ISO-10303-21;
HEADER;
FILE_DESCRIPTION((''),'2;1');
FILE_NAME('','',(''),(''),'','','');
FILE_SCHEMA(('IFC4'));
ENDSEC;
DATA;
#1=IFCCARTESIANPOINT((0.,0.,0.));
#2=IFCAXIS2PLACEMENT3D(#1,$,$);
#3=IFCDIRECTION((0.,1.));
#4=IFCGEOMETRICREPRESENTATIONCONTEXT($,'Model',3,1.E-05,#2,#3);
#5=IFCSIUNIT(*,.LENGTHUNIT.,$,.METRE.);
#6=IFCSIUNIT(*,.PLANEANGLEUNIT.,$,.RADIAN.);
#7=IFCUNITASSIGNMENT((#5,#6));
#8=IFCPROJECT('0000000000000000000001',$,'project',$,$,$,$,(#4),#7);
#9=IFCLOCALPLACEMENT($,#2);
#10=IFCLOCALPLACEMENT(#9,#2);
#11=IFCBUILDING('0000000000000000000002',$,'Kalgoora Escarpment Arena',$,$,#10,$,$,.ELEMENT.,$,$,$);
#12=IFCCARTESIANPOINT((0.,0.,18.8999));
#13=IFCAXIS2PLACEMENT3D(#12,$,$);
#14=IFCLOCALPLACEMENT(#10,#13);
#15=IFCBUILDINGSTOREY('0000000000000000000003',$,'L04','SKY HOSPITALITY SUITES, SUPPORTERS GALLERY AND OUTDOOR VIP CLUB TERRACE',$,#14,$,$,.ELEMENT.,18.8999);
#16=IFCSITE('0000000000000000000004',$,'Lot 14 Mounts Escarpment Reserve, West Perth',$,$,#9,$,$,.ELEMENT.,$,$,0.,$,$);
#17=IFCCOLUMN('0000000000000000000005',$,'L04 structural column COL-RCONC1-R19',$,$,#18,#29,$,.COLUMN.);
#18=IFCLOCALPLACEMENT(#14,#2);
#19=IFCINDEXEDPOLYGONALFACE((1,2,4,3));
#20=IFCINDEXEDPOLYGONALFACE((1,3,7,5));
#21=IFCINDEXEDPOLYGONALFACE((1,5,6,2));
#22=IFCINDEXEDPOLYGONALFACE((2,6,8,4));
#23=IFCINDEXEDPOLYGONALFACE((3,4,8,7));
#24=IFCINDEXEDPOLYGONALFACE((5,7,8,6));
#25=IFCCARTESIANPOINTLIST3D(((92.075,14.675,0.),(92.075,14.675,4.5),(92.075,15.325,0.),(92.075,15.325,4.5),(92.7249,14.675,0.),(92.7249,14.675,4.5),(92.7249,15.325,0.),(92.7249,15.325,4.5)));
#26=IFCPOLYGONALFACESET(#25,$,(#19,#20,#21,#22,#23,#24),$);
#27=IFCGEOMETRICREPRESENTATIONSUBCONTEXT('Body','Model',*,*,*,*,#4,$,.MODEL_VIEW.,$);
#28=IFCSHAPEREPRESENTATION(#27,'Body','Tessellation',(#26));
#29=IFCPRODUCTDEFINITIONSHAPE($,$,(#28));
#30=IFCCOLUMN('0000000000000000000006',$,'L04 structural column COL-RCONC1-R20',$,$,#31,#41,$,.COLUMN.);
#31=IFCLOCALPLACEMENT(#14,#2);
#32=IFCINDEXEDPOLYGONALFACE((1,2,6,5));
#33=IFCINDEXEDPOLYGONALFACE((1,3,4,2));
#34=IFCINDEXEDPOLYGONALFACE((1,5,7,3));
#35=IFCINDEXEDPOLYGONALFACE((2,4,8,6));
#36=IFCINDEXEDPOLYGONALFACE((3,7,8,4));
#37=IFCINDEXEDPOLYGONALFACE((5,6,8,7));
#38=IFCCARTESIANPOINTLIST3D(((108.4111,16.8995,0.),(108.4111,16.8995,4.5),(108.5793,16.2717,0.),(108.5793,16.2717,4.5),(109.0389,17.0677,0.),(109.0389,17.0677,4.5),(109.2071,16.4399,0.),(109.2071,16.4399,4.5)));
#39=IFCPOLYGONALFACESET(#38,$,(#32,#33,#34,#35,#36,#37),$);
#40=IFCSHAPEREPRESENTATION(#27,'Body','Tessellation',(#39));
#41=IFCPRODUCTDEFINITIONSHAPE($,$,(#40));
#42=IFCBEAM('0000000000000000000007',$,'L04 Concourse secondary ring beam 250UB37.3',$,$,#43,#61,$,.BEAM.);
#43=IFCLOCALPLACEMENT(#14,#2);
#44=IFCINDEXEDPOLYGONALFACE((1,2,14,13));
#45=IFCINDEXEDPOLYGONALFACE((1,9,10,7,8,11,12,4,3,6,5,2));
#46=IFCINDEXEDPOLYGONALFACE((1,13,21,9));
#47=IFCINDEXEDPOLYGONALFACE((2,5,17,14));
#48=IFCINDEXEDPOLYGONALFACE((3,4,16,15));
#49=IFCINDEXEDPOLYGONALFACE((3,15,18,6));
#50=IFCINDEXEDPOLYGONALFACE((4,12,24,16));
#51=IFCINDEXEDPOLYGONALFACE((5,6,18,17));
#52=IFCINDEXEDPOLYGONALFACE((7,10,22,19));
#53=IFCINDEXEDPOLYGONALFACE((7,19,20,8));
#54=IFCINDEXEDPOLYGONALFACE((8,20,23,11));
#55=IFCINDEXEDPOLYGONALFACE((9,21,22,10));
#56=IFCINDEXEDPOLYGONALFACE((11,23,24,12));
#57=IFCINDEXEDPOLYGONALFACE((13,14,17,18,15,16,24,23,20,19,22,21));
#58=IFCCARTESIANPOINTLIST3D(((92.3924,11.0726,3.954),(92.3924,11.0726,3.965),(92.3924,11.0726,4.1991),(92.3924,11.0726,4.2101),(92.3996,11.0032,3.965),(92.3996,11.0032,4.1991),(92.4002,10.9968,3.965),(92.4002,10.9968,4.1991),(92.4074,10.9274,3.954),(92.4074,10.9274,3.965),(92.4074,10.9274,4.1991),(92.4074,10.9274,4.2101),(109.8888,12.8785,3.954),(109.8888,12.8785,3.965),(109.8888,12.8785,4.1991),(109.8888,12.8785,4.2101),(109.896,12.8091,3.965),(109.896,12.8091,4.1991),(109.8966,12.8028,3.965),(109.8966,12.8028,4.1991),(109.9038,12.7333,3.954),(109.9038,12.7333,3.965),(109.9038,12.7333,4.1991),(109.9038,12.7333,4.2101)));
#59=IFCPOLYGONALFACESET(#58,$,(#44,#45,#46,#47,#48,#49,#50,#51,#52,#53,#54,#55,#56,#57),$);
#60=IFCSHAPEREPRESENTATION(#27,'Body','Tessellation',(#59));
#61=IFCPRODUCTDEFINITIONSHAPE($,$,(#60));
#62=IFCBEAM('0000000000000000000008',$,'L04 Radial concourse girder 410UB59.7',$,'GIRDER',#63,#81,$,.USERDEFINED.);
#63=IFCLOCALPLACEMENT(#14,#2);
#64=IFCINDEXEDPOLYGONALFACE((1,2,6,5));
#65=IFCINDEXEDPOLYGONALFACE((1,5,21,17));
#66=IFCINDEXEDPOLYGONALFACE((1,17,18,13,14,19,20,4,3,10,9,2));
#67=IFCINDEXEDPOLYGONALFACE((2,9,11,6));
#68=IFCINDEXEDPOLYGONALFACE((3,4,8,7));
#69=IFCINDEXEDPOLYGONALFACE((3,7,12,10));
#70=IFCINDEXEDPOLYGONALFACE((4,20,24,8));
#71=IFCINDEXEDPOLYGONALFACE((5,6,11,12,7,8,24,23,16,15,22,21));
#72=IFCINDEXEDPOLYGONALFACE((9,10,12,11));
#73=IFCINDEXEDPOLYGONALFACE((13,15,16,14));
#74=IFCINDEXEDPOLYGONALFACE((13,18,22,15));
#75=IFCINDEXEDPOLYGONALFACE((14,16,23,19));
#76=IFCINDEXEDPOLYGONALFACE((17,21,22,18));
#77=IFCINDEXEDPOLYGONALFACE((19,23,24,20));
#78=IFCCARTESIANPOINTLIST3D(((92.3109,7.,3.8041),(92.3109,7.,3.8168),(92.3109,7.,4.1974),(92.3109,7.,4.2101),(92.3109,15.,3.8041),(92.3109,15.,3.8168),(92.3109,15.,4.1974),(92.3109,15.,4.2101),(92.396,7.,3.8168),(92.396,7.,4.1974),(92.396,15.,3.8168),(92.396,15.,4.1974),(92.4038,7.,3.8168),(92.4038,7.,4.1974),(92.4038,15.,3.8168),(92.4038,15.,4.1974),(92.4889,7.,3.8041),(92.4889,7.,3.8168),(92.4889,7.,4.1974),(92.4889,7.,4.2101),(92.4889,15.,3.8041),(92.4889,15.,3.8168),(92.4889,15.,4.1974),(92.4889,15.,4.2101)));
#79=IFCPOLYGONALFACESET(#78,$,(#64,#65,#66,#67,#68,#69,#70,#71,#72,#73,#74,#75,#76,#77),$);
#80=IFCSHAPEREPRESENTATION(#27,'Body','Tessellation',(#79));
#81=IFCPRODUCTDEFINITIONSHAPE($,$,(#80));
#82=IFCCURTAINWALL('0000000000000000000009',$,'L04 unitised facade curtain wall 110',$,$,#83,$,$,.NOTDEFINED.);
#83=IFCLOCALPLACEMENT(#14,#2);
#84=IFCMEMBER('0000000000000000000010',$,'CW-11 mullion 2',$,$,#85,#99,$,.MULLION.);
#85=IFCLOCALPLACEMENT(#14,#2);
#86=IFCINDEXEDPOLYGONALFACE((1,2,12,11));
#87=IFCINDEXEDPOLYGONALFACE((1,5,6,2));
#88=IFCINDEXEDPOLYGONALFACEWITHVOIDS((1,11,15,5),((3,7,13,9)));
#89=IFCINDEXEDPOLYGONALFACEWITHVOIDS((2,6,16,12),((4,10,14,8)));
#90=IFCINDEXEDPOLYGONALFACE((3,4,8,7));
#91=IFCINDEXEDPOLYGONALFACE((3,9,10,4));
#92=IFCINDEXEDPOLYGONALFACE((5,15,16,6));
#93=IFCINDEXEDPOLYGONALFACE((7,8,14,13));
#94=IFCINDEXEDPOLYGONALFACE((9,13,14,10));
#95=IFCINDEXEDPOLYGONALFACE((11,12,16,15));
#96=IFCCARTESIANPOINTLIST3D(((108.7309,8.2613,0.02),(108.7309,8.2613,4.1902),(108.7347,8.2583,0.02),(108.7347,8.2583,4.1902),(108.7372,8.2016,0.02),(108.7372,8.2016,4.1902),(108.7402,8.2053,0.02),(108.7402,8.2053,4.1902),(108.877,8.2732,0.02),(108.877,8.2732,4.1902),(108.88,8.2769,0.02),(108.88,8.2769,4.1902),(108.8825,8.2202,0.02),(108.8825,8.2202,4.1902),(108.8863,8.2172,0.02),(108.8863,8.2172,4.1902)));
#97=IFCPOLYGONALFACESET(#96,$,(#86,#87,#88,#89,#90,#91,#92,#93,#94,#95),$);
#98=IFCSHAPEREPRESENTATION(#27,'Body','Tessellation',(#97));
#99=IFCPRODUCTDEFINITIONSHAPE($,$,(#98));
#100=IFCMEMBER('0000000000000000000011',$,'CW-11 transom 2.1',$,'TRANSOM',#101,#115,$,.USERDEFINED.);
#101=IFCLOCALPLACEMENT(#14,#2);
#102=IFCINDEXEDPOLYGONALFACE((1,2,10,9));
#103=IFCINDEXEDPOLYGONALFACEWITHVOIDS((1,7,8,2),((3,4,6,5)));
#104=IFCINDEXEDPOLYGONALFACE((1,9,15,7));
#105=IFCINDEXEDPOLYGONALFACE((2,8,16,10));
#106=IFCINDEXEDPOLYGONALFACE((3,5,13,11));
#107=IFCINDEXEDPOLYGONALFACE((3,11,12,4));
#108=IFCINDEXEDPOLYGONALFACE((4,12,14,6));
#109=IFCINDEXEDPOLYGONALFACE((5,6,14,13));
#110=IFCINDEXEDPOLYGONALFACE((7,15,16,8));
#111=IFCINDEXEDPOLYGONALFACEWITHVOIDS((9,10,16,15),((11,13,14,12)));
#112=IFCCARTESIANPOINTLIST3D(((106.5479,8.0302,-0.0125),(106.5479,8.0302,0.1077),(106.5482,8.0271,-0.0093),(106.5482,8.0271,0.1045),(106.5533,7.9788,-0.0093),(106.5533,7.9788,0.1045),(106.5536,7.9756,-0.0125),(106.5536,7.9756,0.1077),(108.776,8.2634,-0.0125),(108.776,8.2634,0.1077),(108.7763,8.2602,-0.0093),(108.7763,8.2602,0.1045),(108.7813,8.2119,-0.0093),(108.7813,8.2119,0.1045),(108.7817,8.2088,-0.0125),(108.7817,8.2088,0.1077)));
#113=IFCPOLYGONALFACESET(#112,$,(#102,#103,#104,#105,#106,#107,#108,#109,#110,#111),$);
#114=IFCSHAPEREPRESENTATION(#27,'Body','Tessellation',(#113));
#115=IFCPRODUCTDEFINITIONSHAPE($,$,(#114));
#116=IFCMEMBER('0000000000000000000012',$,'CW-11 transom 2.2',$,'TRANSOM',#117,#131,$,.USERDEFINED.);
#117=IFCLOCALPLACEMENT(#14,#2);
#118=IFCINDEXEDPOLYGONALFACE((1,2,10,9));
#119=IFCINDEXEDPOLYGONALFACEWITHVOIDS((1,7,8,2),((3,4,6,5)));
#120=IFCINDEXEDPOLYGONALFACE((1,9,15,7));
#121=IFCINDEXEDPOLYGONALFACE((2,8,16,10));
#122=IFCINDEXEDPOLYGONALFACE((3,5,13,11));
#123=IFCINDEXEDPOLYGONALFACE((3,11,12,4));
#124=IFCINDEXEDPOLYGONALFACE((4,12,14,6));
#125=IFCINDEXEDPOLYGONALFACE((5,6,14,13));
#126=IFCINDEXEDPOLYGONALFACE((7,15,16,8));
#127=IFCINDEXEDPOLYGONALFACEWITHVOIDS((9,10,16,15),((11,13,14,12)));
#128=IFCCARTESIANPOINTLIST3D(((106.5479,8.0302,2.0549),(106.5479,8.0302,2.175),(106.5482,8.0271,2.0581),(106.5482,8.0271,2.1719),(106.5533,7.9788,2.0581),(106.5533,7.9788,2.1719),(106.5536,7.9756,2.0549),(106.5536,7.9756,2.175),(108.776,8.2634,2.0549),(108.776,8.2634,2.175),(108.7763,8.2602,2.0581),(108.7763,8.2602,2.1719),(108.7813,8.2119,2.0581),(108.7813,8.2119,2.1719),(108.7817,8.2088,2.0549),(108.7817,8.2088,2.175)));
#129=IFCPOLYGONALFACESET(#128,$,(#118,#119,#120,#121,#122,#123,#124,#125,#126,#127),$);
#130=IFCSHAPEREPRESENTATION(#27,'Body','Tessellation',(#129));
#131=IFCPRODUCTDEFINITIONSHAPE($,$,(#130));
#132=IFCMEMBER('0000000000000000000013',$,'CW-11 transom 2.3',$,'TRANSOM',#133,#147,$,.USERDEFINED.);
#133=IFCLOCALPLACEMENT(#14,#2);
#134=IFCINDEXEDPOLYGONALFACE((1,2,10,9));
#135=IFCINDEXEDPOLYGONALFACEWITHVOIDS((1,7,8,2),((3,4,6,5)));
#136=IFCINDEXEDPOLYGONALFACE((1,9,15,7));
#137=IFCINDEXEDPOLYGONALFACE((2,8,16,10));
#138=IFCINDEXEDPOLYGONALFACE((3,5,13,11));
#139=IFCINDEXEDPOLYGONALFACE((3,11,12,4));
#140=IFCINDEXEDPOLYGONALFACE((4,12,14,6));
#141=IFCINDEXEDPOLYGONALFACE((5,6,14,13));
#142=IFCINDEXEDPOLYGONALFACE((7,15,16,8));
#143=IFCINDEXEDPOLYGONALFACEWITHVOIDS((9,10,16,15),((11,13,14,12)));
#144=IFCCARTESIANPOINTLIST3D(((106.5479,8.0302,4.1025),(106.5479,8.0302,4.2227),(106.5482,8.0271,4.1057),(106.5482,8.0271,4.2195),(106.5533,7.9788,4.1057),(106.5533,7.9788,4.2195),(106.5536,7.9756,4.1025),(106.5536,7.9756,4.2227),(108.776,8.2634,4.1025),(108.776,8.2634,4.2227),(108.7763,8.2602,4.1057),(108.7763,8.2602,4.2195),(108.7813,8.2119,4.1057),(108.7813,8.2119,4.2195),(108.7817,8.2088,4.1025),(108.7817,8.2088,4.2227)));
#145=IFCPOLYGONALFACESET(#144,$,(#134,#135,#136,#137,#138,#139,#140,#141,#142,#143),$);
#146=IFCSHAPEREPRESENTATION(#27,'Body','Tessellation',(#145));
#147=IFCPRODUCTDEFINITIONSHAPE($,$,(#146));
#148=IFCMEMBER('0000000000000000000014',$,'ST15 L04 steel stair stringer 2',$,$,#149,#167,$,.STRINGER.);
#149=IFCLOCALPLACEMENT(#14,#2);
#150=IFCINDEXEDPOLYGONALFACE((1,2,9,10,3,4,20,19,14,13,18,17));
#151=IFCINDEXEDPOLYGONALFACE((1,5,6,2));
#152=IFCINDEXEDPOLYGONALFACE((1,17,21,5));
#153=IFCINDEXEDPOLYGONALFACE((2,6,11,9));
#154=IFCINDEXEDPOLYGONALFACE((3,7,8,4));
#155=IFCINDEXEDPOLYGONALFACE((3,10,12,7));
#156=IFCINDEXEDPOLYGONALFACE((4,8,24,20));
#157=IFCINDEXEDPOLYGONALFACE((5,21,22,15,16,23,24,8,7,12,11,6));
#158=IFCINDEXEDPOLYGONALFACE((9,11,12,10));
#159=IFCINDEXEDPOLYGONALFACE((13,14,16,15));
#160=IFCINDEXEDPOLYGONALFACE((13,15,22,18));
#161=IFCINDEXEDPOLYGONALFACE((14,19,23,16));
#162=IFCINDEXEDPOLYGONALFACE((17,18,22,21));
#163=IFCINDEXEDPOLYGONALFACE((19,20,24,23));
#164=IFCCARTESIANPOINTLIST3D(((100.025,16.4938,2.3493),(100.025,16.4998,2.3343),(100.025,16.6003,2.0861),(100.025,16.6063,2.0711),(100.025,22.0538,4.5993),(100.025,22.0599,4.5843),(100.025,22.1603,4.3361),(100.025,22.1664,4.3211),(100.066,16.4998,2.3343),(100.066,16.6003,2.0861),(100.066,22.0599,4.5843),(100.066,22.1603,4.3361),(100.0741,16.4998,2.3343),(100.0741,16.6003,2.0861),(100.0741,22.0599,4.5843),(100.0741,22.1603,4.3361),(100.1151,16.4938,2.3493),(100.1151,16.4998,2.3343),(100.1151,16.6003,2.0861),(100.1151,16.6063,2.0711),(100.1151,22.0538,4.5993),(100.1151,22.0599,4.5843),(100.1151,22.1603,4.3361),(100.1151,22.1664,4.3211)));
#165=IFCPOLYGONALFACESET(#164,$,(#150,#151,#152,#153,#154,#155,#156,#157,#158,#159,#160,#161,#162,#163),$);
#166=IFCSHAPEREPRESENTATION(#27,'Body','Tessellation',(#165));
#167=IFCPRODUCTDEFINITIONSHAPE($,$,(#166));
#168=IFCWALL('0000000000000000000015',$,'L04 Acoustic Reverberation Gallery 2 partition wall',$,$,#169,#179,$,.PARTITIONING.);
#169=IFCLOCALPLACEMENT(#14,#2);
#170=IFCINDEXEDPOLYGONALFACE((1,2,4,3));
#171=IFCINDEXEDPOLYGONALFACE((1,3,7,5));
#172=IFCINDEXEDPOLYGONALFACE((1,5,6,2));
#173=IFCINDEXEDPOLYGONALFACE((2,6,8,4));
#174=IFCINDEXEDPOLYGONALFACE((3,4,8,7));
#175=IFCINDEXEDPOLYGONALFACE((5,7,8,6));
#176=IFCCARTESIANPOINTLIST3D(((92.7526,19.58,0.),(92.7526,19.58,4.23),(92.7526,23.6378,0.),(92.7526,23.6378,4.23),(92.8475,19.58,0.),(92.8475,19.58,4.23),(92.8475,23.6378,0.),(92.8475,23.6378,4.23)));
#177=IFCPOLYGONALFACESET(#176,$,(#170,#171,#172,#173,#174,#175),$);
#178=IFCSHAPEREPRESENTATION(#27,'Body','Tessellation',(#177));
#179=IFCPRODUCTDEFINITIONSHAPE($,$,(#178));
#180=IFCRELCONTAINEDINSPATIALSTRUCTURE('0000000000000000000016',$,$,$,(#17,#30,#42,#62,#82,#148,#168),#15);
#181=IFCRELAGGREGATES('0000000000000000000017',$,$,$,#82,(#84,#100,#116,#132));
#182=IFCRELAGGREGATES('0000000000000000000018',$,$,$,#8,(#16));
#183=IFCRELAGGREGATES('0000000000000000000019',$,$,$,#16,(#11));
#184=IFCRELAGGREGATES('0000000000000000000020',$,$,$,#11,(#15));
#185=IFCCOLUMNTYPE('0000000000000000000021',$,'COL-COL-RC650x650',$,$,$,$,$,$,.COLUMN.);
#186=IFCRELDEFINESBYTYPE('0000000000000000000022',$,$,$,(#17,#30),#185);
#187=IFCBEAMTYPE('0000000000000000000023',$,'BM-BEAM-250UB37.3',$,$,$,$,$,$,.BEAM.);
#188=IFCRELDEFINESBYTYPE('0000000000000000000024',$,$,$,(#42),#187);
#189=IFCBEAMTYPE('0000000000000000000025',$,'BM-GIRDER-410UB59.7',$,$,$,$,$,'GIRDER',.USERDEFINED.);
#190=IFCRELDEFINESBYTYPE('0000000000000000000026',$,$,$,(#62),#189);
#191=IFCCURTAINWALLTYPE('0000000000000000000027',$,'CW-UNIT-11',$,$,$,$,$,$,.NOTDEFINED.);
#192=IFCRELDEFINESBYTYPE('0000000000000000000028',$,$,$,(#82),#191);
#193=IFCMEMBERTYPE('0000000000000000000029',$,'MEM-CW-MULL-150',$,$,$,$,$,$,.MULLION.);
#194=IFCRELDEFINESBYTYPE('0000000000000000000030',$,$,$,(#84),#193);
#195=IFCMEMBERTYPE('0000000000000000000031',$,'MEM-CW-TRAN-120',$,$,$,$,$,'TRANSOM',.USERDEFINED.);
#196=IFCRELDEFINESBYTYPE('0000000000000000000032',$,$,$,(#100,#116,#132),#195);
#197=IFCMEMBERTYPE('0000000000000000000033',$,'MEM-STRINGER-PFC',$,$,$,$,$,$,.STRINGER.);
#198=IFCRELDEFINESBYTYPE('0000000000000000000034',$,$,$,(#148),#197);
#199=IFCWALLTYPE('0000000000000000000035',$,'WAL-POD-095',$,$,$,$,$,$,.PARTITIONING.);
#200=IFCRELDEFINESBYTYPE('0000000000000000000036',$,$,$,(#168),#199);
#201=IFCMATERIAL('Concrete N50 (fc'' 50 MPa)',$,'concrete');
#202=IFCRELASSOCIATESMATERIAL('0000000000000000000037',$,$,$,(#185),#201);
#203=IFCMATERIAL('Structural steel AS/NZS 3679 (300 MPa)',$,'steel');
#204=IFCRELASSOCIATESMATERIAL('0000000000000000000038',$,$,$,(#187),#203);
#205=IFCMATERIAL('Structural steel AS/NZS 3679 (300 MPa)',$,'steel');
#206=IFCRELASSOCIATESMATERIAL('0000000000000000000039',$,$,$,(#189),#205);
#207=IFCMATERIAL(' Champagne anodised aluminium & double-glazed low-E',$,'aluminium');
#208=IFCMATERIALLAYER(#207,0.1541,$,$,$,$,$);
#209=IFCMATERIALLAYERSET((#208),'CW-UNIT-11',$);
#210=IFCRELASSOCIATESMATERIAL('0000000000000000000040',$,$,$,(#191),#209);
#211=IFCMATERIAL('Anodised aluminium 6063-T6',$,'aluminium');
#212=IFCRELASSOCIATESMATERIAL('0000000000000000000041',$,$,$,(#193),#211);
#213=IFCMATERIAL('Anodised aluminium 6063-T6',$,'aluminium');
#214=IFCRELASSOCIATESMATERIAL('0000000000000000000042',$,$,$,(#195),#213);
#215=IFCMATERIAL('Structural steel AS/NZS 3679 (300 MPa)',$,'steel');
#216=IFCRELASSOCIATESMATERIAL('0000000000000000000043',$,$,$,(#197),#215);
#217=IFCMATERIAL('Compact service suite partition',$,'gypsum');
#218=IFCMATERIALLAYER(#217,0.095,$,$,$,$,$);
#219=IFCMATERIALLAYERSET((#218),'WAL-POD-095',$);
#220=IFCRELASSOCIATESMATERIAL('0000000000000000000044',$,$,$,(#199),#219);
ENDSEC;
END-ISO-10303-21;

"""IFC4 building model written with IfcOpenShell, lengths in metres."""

from ifc_helpers import new_model, si_unit, direction, frame, frame_2d, origin, origin_2d, place, context, subcontext, project, spatial, rectangle, hollow_rectangle, i_section, extrude, material, layer, layer_set, material_profile, profile_set, type_object, element, aggregate, save


model = new_model("IFC4")

# Units and contexts
model_context = context("Model", 3, precision=1e-05, world=origin(), true_north=direction((0.0, 1.0)))
body_context = subcontext(model_context, "Body", "Model", "MODEL_VIEW")
ifc_project = project(units=[si_unit("LENGTHUNIT", "METRE"), si_unit("PLANEANGLEUNIT", "RADIAN")], contexts=[model_context])

# Site, building, storey
site_placement = place(None, origin())
site = spatial("IfcSite", under=ifc_project, at=site_placement, Name="Lot 14 Mounts Escarpment Reserve, West Perth", CompositionType="ELEMENT", RefElevation=0.0)
building_placement = place(site_placement, origin())
building = spatial("IfcBuilding", under=site, at=building_placement, Name="Kalgoora Escarpment Arena", CompositionType="ELEMENT")
storey_placement = place(building_placement, frame((0.0, 0.0, 18.8999)))
storey = spatial("IfcBuildingStorey", under=building, at=storey_placement, Name="L04", Description="SKY HOSPITALITY SUITES, SUPPORTERS GALLERY AND OUTDOOR VIP CLUB TERRACE", CompositionType="ELEMENT", Elevation=18.8999)

# Columns
ifc_material_1 = material(Name="Concrete N50 (fc' 50 MPa)", Category="concrete")
ifc_material_profile_1 = material_profile(ifc_material_1, rectangle(XDim=0.6499, YDim=0.6499, at=origin_2d()))
ifc_profile_set_1 = profile_set([ifc_material_profile_1], Name="Concrete N50 (fc' 50 MPa)")
column_type = type_object("IfcColumnType", Name="COL-COL-RC650x650", PredefinedType="COLUMN", material=ifc_profile_set_1)
for number, where, z_axis, x_axis, name in (
    (1, (92.3999, 15.0, 0.0), (0.0, 0.0, 1.0), (0.0, -1.0, 0.0), "L04 structural column COL-RCONC1-R19"),
    (2, (108.8091, 16.6697, 0.0), (0.0, 0.0, 1.0), (0.258819, -0.965926, 0.0), "L04 structural column COL-RCONC1-R20"),
):
    element("IfcColumn", number, at=place(storey_placement, frame(where, z_axis=z_axis, x_axis=x_axis)), inside=storey, type_object=column_type, Name=name, PredefinedType="COLUMN", context=body_context, shape_type="SweptSolid", body=[
        extrude(rectangle(XDim=0.6499, YDim=0.6499, at=origin_2d()), origin(), (0.0, 0.0, 1.0), 4.5),
    ])

# Beams
ifc_material_2 = material(Name="Structural steel AS/NZS 3679 (300 MPa)", Category="steel")
ifc_material_profile_2 = material_profile(ifc_material_2, i_section(OverallWidth=0.146, OverallDepth=0.2561, WebThickness=0.0063, FlangeThickness=0.011, at=origin_2d()))
ifc_profile_set_2 = profile_set([ifc_material_profile_2], Name="Structural steel AS/NZS 3679 (300 MPa)")
beam_type_1 = type_object("IfcBeamType", Name="BM-BEAM-250UB37.3", PredefinedType="BEAM", material=ifc_profile_set_2)
beam_1_placement = place(storey_placement, frame((92.3999, 11.0, 4.082), z_axis=(0.994715, 0.102671, 0.0), x_axis=(-0.102671, 0.994715, 0.0)))
element("IfcBeam", 3, at=beam_1_placement, inside=storey, type_object=beam_type_1, Name="L04 Concourse secondary ring beam 250UB37.3", PredefinedType="BEAM", context=body_context, shape_type="SweptSolid", body=[
    extrude(i_section(OverallWidth=0.146, OverallDepth=0.2561, WebThickness=0.0063, FlangeThickness=0.011, at=origin_2d()), origin(), (0.0, 0.0, 1.0), 17.5894),
])
ifc_material_3 = material(Name="Structural steel AS/NZS 3679 (300 MPa)", Category="steel")
ifc_material_profile_3 = material_profile(ifc_material_3, i_section(OverallWidth=0.178, OverallDepth=0.406, WebThickness=0.0078, FlangeThickness=0.0127, at=origin_2d()))
ifc_profile_set_3 = profile_set([ifc_material_profile_3], Name="Structural steel AS/NZS 3679 (300 MPa)")
beam_type_2 = type_object("IfcBeamType", Name="BM-GIRDER-410UB59.7", ElementType="GIRDER", PredefinedType="USERDEFINED", material=ifc_profile_set_3)
beam_2_placement = place(storey_placement, frame((92.3999, 15.0, 4.0071), z_axis=(0.0, -1.0, 0.0), x_axis=(1.0, 0.0, 0.0)))
element("IfcBeam", 4, at=beam_2_placement, inside=storey, type_object=beam_type_2, Name="L04 Radial concourse girder 410UB59.7", ObjectType="GIRDER", PredefinedType="USERDEFINED", context=body_context, shape_type="SweptSolid", body=[
    extrude(i_section(OverallWidth=0.178, OverallDepth=0.406, WebThickness=0.0078, FlangeThickness=0.0127, at=origin_2d()), origin(), (0.0, 0.0, 1.0), 8.0),
])

# Curtain wall, members
ifc_material_4 = material(Name=" Champagne anodised aluminium & double-glazed low-E", Category="aluminium")
ifc_layer_1 = layer(ifc_material_4, 0.1541)
ifc_layer_set_1 = layer_set([ifc_layer_1], Name="CW-UNIT-11")
curtain_wall_type = type_object("IfcCurtainWallType", Name="CW-UNIT-11", PredefinedType="NOTDEFINED", material=ifc_layer_set_1)
curtain_wall_placement = place(storey_placement, origin())
curtain_wall = element("IfcCurtainWall", 5, at=curtain_wall_placement, inside=storey, type_object=curtain_wall_type, Name="L04 unitised facade curtain wall 110", PredefinedType="NOTDEFINED")
ifc_material_5 = material(Name="Anodised aluminium 6063-T6", Category="aluminium")
ifc_material_profile_4 = material_profile(ifc_material_5, hollow_rectangle(XDim=0.0601, YDim=0.1499, WallThickness=0.0034, at=origin_2d()))
ifc_profile_set_4 = profile_set([ifc_material_profile_4], Name="Anodised aluminium 6063-T6")
member_type_1 = type_object("IfcMemberType", Name="MEM-CW-MULL-150", PredefinedType="MULLION", material=ifc_profile_set_4)
member_1_placement = place(storey_placement, frame((108.8086, 8.2393, 0.02), z_axis=(0.0, 0.0, 1.0), x_axis=(0.104158, -0.994561, 0.0)))
member_1 = element("IfcMember", 6, at=member_1_placement, type_object=member_type_1, Name="CW-11 mullion 2", PredefinedType="MULLION", context=body_context, shape_type="SweptSolid", body=[
    extrude(hollow_rectangle(XDim=0.0601, YDim=0.1499, WallThickness=0.0034, at=origin_2d()), origin(), (0.0, 0.0, 1.0), 4.1702),
])
ifc_material_6 = material(Name="Anodised aluminium 6063-T6", Category="aluminium")
ifc_material_profile_5 = material_profile(ifc_material_6, hollow_rectangle(XDim=0.0549, YDim=0.1201, WallThickness=0.0032, at=origin_2d()))
ifc_profile_set_5 = profile_set([ifc_material_profile_5], Name="Anodised aluminium 6063-T6")
member_type_2 = type_object("IfcMemberType", Name="MEM-CW-TRAN-120", ElementType="TRANSOM", PredefinedType="USERDEFINED", material=ifc_profile_set_5)
member_2_placement = place(storey_placement, frame((108.7788, 8.2361, 0.0476), z_axis=(-0.994569, -0.104078, 0.0), x_axis=(0.104078, -0.994569, 0.0)))
member_2 = element("IfcMember", 7, at=member_2_placement, type_object=member_type_2, Name="CW-11 transom 2.1", ObjectType="TRANSOM", PredefinedType="USERDEFINED", context=body_context, shape_type="SweptSolid", body=[
    extrude(hollow_rectangle(XDim=0.0549, YDim=0.1201, WallThickness=0.0032, at=origin_2d()), origin(), (0.0, 0.0, 1.0), 2.2402),
])
member_3_placement = place(storey_placement, frame((108.7788, 8.2361, 2.115), z_axis=(-0.994569, -0.104078, 0.0), x_axis=(0.104078, -0.994569, 0.0)))
member_3 = element("IfcMember", 8, at=member_3_placement, type_object=member_type_2, Name="CW-11 transom 2.2", ObjectType="TRANSOM", PredefinedType="USERDEFINED", context=body_context, shape_type="SweptSolid", body=[
    extrude(hollow_rectangle(XDim=0.0549, YDim=0.1201, WallThickness=0.0032, at=origin_2d()), origin(), (0.0, 0.0, 1.0), 2.2402),
])
member_4_placement = place(storey_placement, frame((108.7788, 8.2361, 4.1626), z_axis=(-0.994569, -0.104078, 0.0), x_axis=(0.104078, -0.994569, 0.0)))
member_4 = element("IfcMember", 9, at=member_4_placement, type_object=member_type_2, Name="CW-11 transom 2.3", ObjectType="TRANSOM", PredefinedType="USERDEFINED", context=body_context, shape_type="SweptSolid", body=[
    extrude(hollow_rectangle(XDim=0.0549, YDim=0.1201, WallThickness=0.0032, at=origin_2d()), origin(), (0.0, 0.0, 1.0), 2.2402),
])
aggregate(curtain_wall, [member_1, member_2, member_3, member_4])

# Member
ifc_material_7 = material(Name="Structural steel AS/NZS 3679 (300 MPa)", Category="steel")
ifc_material_profile_6 = material_profile(ifc_material_7, i_section(OverallWidth=0.0901, OverallDepth=0.3, WebThickness=0.0081, FlangeThickness=0.0161, at=origin_2d()))
ifc_profile_set_6 = profile_set([ifc_material_profile_6], Name="Structural steel AS/NZS 3679 (300 MPa)")
member_type_3 = type_object("IfcMemberType", Name="MEM-STRINGER-PFC", PredefinedType="STRINGER", material=ifc_profile_set_6)
member_5_placement = place(storey_placement, frame((100.0701, 16.55, 2.2102), z_axis=(0.0, 0.926976, 0.375121), x_axis=(-1.0, 0.0, 0.0)))
element("IfcMember", 10, at=member_5_placement, inside=storey, type_object=member_type_3, Name="ST15 L04 steel stair stringer 2", PredefinedType="STRINGER", context=body_context, shape_type="SweptSolid", body=[
    extrude(i_section(OverallWidth=0.0901, OverallDepth=0.3, WebThickness=0.0081, FlangeThickness=0.0161, at=origin_2d()), origin(), (0.0, 0.0, 1.0), 5.998),
])

# Wall
ifc_material_8 = material(Name="Compact service suite partition", Category="gypsum")
ifc_layer_2 = layer(ifc_material_8, 0.095)
ifc_layer_set_2 = layer_set([ifc_layer_2], Name="WAL-POD-095")
wall_type_1 = type_object("IfcWallType", Name="WAL-POD-095", PredefinedType="PARTITIONING", material=ifc_layer_set_2)
wall_1_placement = place(storey_placement, frame((92.8, 19.5801, 0.0), z_axis=(0.0, 0.0, 1.0), x_axis=(0.0, 1.0, 0.0)))
element("IfcWall", 11, at=wall_1_placement, inside=storey, type_object=wall_type_1, Name="L04 Acoustic Reverberation Gallery 2 partition wall", PredefinedType="PARTITIONING", context=body_context, shape_type="SweptSolid", body=[
    extrude(rectangle(XDim=4.0579, YDim=0.095, at=frame_2d((2.0288, 0.0))), origin(), (0.0, 0.0, 1.0), 4.23),
])

save(model, "model.ifc")
